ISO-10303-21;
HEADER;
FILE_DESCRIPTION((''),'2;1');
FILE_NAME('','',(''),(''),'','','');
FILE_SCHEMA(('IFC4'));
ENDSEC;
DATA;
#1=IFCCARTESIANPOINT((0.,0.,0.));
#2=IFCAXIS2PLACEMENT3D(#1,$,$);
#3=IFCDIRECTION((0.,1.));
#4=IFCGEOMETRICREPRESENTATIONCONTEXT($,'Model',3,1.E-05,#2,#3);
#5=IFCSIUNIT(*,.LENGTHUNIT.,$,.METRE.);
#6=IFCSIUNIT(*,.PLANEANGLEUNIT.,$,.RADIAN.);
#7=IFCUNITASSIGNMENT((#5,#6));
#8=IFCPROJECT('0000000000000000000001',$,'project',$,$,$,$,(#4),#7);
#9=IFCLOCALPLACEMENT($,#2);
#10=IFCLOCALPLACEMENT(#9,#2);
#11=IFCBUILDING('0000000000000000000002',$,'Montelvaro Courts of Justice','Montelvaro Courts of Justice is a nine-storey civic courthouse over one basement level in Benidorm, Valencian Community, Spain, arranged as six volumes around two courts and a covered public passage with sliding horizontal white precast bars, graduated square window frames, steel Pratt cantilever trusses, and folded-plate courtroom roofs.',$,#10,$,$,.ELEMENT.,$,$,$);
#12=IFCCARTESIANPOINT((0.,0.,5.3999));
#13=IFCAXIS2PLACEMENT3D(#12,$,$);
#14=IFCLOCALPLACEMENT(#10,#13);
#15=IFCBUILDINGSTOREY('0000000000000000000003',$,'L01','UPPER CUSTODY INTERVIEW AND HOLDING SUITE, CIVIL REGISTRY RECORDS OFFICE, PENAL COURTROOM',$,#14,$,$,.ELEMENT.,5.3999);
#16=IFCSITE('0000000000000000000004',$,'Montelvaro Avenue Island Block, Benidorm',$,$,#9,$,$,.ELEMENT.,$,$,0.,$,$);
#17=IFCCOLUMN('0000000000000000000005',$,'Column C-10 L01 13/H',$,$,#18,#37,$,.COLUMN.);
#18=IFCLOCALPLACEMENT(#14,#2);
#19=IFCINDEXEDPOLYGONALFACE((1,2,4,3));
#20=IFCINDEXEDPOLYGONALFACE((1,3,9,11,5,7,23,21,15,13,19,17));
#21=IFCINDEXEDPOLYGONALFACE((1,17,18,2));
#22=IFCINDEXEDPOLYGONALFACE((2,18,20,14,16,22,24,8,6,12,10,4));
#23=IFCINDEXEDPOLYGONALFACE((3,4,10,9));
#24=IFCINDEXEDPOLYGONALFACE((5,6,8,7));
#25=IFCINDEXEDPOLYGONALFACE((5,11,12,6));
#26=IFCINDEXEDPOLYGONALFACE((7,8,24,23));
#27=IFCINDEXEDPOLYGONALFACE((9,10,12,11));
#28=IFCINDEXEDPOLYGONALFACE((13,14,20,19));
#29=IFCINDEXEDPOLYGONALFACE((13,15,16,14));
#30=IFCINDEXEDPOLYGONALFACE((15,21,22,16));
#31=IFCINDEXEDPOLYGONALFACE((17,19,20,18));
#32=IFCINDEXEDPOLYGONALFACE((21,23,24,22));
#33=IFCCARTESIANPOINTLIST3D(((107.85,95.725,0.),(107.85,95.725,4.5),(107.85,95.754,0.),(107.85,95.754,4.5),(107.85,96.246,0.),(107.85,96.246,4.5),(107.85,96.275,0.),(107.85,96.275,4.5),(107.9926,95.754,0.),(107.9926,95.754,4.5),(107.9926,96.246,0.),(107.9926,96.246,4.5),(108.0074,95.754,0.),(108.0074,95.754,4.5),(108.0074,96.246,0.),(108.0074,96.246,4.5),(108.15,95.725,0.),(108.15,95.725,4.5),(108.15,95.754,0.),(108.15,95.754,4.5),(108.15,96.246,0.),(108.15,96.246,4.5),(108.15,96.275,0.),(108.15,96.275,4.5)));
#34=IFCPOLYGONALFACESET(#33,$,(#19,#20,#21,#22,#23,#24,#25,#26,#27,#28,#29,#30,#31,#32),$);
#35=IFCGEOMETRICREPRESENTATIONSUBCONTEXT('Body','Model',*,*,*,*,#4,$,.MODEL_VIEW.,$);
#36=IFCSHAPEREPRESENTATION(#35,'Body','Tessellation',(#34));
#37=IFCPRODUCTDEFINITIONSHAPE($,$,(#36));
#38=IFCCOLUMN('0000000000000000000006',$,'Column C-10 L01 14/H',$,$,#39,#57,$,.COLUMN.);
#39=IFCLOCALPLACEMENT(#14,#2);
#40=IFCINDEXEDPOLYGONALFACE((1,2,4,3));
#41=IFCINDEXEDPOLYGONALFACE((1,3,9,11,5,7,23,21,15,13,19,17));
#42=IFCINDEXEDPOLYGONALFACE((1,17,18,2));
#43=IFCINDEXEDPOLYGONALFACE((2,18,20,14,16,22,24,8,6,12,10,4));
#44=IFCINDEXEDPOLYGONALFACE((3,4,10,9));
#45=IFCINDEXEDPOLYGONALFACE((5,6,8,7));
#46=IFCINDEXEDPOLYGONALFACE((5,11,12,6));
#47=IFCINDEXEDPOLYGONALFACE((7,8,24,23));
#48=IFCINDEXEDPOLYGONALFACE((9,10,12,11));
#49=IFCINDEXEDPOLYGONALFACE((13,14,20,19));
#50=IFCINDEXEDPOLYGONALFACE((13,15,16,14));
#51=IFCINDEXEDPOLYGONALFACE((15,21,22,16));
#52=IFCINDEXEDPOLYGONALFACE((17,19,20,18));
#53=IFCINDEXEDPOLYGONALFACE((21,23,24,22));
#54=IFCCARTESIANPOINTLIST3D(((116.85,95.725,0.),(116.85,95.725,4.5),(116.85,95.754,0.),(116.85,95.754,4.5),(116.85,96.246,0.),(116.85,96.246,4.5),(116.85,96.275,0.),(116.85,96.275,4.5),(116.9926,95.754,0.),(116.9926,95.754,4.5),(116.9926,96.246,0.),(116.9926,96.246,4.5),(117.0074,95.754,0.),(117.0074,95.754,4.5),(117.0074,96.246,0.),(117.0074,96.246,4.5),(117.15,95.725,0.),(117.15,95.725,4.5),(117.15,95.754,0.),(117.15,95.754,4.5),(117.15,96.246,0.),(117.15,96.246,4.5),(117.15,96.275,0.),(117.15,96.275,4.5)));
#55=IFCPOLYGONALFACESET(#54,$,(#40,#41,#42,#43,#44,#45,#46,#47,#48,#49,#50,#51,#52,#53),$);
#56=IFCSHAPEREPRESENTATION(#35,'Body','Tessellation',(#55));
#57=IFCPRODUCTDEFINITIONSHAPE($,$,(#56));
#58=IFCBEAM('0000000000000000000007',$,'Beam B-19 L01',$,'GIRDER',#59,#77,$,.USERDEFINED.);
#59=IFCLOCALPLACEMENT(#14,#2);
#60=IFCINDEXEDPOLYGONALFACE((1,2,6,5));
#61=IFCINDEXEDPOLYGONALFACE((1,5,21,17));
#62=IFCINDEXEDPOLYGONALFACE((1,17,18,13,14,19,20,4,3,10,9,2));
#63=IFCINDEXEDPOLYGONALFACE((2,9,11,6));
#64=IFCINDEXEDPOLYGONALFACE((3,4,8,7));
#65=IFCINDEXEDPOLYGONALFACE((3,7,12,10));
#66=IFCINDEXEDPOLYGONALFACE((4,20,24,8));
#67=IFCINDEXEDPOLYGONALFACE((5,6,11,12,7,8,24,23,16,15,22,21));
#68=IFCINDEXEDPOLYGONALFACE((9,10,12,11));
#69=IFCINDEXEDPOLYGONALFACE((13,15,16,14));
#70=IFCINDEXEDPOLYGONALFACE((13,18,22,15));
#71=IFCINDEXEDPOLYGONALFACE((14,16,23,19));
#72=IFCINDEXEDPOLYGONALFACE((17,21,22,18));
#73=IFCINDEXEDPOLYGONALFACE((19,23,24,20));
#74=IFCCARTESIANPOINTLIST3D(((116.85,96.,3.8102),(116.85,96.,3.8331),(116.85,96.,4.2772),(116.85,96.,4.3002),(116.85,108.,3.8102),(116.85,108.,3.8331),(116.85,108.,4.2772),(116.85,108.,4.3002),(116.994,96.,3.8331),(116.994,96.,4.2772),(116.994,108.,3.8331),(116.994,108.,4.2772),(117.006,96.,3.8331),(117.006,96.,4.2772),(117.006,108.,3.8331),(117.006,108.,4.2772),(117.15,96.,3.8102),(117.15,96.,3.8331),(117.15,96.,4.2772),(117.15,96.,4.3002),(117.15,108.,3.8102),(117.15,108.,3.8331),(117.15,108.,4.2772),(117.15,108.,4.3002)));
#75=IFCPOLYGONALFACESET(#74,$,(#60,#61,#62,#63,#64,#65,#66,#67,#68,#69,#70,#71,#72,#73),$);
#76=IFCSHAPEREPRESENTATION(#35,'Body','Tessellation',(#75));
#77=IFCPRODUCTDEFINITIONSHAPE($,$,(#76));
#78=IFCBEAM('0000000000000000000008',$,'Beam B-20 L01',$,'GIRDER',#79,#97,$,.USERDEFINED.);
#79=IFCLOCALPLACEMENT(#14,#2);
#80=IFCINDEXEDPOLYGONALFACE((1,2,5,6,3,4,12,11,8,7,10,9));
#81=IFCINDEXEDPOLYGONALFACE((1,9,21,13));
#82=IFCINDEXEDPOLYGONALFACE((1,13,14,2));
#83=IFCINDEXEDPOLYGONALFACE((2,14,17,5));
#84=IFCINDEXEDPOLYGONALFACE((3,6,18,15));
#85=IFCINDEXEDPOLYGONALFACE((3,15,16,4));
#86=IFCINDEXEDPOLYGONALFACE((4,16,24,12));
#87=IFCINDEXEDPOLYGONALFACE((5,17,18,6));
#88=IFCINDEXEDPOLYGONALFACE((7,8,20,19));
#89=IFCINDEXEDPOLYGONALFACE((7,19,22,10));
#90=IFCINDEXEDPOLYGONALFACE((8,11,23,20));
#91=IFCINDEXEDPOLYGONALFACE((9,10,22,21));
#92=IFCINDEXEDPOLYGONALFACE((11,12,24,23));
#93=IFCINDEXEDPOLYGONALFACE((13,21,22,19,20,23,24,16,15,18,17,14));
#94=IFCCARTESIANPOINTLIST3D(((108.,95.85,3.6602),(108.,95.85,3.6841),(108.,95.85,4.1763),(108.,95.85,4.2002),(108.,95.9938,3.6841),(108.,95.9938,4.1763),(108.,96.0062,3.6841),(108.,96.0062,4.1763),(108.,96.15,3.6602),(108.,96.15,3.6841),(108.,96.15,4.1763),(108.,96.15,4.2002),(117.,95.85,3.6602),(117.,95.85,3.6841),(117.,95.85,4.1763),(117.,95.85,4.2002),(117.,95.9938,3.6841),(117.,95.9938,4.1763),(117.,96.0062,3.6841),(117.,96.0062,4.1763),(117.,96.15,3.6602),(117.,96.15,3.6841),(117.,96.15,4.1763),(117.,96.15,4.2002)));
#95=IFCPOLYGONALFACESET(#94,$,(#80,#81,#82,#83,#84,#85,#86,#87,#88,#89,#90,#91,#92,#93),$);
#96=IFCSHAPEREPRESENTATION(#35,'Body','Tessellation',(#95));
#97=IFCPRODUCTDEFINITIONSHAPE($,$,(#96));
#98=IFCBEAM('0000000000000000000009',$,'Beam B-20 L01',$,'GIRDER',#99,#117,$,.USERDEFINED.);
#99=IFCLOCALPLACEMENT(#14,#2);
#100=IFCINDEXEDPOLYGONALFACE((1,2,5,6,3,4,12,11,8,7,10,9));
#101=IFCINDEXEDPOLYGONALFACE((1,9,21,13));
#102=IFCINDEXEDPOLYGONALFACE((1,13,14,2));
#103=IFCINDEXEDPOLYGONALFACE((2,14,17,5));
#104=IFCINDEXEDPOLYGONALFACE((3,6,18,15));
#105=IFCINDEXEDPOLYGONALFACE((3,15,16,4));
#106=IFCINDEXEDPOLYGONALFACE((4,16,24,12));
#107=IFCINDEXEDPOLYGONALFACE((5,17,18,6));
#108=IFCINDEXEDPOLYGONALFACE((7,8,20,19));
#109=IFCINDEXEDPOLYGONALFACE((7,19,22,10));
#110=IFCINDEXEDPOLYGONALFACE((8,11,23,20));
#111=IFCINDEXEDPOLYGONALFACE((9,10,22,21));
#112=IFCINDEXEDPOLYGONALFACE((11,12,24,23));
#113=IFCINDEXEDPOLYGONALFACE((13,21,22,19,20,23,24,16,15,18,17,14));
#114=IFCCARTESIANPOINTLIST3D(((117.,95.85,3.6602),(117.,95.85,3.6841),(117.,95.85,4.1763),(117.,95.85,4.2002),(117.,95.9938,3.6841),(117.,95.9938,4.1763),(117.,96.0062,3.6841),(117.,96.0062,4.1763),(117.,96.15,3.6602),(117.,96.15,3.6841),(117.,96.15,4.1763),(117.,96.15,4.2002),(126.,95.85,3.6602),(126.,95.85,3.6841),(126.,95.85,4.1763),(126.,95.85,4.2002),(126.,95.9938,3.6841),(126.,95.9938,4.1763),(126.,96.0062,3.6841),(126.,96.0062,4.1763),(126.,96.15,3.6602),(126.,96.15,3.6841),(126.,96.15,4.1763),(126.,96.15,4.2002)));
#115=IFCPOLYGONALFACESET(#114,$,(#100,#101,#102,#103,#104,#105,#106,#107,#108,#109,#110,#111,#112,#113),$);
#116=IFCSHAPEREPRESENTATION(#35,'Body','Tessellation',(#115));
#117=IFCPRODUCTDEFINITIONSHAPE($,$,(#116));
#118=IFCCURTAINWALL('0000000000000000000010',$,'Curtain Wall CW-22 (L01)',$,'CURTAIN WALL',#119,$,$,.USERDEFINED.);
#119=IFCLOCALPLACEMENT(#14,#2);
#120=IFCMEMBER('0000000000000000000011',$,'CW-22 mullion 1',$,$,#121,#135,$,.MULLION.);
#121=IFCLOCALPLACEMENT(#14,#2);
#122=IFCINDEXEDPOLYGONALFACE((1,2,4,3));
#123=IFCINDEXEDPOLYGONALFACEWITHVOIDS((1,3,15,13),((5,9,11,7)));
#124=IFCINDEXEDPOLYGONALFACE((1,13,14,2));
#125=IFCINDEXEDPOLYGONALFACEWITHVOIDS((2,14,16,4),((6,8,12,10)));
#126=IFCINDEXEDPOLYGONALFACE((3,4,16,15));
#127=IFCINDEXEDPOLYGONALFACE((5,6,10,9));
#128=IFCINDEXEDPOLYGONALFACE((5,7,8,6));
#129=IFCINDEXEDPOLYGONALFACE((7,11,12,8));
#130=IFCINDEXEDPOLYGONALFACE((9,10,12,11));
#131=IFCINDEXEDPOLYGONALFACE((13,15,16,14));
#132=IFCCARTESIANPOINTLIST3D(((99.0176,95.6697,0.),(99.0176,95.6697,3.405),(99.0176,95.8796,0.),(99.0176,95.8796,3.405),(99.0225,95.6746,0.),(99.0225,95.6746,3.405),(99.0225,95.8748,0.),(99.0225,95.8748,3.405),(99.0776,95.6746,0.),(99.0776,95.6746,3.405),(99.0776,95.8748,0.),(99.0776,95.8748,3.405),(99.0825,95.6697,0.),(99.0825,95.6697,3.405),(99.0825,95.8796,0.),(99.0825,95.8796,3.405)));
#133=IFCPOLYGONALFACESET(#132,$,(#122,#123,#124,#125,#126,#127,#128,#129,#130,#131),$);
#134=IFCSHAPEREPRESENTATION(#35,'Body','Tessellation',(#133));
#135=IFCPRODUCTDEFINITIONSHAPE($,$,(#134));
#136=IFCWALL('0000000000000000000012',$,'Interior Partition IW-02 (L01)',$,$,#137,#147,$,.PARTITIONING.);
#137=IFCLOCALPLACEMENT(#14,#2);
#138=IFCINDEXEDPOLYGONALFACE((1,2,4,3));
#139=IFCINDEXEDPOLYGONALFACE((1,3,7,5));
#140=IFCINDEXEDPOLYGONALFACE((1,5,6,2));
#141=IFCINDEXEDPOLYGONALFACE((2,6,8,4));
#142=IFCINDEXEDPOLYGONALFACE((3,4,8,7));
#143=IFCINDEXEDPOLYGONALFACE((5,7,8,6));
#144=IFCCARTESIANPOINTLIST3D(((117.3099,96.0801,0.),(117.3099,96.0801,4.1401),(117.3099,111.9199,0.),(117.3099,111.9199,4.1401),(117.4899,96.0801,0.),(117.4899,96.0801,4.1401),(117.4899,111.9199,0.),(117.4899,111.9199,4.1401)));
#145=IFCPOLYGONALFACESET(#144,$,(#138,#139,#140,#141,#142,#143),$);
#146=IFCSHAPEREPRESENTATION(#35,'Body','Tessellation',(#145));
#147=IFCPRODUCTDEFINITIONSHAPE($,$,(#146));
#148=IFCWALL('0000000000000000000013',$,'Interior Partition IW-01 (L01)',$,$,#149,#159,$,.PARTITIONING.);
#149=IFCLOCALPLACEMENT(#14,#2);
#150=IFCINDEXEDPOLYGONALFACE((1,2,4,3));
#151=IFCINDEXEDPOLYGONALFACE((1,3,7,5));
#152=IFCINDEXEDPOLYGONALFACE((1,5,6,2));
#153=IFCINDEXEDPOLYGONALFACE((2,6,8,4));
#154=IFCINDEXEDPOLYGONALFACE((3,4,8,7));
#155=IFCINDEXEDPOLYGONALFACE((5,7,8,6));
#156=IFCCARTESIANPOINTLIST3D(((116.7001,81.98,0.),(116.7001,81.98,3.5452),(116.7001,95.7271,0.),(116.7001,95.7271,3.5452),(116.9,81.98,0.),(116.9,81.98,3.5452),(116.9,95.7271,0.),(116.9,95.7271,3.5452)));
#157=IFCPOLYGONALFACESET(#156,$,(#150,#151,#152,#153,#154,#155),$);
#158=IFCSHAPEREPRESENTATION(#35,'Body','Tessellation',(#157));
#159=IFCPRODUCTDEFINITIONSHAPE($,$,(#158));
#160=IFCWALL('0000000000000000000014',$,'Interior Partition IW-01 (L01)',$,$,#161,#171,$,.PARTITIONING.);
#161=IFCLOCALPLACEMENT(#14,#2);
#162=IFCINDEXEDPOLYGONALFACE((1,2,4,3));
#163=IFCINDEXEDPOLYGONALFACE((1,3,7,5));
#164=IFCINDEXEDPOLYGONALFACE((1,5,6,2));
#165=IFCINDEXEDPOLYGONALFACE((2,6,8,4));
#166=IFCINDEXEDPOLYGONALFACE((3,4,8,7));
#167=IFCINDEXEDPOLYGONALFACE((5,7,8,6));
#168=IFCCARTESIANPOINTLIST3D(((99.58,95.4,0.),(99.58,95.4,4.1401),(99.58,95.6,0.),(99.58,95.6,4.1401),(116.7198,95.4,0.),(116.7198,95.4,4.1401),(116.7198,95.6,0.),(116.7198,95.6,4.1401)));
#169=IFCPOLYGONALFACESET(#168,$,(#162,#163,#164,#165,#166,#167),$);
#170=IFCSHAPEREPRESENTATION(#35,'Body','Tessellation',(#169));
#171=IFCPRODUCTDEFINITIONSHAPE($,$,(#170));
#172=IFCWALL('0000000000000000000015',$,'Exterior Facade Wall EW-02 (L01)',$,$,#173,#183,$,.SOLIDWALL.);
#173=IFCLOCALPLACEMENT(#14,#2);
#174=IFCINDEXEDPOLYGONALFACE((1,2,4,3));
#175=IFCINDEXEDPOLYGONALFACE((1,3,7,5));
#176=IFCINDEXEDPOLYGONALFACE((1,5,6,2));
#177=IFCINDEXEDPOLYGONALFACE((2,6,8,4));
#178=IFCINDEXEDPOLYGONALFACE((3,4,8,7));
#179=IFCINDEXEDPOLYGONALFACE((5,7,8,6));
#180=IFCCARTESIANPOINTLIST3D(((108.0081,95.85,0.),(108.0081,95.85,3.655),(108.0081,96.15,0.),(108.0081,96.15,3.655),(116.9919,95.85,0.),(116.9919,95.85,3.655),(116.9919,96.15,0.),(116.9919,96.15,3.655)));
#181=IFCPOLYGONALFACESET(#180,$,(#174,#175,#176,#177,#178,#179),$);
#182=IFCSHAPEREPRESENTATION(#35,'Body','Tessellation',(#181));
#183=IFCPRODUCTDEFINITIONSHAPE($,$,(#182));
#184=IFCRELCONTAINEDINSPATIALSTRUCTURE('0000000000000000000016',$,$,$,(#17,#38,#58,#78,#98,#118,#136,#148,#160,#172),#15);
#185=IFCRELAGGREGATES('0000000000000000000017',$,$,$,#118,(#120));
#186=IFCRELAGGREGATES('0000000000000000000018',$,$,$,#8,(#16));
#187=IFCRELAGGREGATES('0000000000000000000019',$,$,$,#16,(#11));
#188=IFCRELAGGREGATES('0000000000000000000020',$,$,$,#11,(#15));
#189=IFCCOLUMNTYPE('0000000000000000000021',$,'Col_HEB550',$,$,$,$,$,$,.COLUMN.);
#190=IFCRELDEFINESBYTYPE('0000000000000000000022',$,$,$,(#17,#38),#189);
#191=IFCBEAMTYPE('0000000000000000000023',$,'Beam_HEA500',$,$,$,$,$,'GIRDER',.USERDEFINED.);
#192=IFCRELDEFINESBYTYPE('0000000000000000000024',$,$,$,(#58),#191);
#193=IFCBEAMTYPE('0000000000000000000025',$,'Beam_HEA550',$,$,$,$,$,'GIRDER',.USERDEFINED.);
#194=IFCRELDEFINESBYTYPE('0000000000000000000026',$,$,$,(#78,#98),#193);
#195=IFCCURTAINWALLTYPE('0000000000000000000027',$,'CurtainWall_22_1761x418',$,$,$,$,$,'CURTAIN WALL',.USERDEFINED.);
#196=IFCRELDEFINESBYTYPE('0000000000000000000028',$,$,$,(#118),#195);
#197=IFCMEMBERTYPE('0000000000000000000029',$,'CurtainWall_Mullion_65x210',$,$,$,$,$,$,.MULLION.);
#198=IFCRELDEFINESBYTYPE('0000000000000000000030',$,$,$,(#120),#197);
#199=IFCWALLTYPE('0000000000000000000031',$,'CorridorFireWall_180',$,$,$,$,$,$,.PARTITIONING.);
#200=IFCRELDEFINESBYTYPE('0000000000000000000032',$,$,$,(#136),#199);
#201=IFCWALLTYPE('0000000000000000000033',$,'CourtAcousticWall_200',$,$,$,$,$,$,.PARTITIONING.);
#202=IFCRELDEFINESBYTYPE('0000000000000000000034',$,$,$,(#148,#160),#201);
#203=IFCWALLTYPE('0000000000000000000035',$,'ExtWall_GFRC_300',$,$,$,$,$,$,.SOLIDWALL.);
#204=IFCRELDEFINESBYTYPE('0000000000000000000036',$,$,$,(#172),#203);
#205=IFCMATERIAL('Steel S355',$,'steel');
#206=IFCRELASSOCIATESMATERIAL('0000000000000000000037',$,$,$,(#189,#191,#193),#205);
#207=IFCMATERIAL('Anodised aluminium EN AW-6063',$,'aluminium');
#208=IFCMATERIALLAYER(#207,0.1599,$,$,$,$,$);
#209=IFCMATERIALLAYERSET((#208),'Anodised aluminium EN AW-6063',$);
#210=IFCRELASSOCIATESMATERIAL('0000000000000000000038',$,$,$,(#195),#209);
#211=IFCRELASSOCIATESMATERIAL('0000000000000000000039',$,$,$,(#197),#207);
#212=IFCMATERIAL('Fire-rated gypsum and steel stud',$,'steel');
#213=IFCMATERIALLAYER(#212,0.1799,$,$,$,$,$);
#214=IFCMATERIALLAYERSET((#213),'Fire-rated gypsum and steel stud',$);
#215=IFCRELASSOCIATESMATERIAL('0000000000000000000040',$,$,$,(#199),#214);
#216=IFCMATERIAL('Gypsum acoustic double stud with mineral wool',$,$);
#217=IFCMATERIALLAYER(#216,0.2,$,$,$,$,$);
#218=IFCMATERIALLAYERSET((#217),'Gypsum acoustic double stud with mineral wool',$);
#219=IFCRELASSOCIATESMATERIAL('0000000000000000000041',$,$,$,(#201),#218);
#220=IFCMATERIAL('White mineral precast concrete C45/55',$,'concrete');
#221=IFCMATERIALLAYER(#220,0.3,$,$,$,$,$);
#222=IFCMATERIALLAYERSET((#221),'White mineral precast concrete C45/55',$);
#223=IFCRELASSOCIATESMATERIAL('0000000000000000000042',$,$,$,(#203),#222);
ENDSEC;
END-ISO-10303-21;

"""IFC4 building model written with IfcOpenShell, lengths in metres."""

from ifc_helpers import new_model, si_unit, direction, frame, frame_2d, origin, origin_2d, place, context, subcontext, project, spatial, rectangle, hollow_rectangle, i_section, extrude, material, layer, layer_set, material_profile, profile_set, type_object, element, aggregate, save


model = new_model("IFC4")

# Units and contexts
model_context = context("Model", 3, precision=1e-05, world=origin(), true_north=direction((0.0, 1.0)))
body_context = subcontext(model_context, "Body", "Model", "MODEL_VIEW")
ifc_project = project(units=[si_unit("LENGTHUNIT", "METRE"), si_unit("PLANEANGLEUNIT", "RADIAN")], contexts=[model_context])

# Site, building, storey
site_placement = place(None, origin())
site = spatial("IfcSite", under=ifc_project, at=site_placement, Name="Montelvaro Avenue Island Block, Benidorm", CompositionType="ELEMENT", RefElevation=0.0)
building_placement = place(site_placement, origin())
building = spatial("IfcBuilding", under=site, at=building_placement, Name="Montelvaro Courts of Justice", Description="Montelvaro Courts of Justice is a nine-storey civic courthouse over one basement level in Benidorm, Valencian Community, Spain, arranged as six volumes around two courts and a covered public passage with sliding horizontal white precast bars, graduated square window frames, steel Pratt cantilever trusses, and folded-plate courtroom roofs.", CompositionType="ELEMENT")
storey_placement = place(building_placement, frame((0.0, 0.0, 5.3999)))
storey = spatial("IfcBuildingStorey", under=building, at=storey_placement, Name="L01", Description="UPPER CUSTODY INTERVIEW AND HOLDING SUITE, CIVIL REGISTRY RECORDS OFFICE, PENAL COURTROOM", CompositionType="ELEMENT", Elevation=5.3999)

# Columns
ifc_material_1 = material(Name="Steel S355", Category="steel")
ifc_material_profile_1 = material_profile(ifc_material_1, i_section(OverallWidth=0.3, OverallDepth=0.55, WebThickness=0.0149, FlangeThickness=0.0291, at=origin_2d()), Name="HEB 550")
ifc_profile_set_1 = profile_set([ifc_material_profile_1], Name="Steel S355")
column_type = type_object("IfcColumnType", Name="Col_HEB550", PredefinedType="COLUMN", material=ifc_profile_set_1)
for number, where, z_axis, x_axis, name in (
    (1, (108.0, 96.0, 0.0), (0.0, 0.0, 1.0), (1.0, 0.0, 0.0), "Column C-10 L01 13/H"),
    (2, (117.0, 96.0, 0.0), (0.0, 0.0, 1.0), (1.0, 0.0, 0.0), "Column C-10 L01 14/H"),
):
    element("IfcColumn", number, at=place(storey_placement, frame(where, z_axis=z_axis, x_axis=x_axis)), inside=storey, type_object=column_type, Name=name, PredefinedType="COLUMN", context=body_context, shape_type="SweptSolid", body=[
        extrude(i_section(OverallWidth=0.3, OverallDepth=0.55, WebThickness=0.0149, FlangeThickness=0.0291, at=origin_2d()), origin(), (0.0, 0.0, 1.0), 4.5),
    ])

# Beams
ifc_material_profile_2 = material_profile(ifc_material_1, i_section(OverallWidth=0.3, OverallDepth=0.49, WebThickness=0.012, FlangeThickness=0.0229, at=origin_2d()), Name="HEA 500")
ifc_profile_set_2 = profile_set([ifc_material_profile_2], Name="Steel S355")
beam_type_1 = type_object("IfcBeamType", Name="Beam_HEA500", ElementType="GIRDER", PredefinedType="USERDEFINED", material=ifc_profile_set_2)
beam_placement = place(storey_placement, frame((117.0, 96.0, 4.0552), z_axis=(0.0, 1.0, 0.0), x_axis=(-1.0, 0.0, 0.0)))
element("IfcBeam", 3, at=beam_placement, inside=storey, type_object=beam_type_1, Name="Beam B-19 L01", ObjectType="GIRDER", PredefinedType="USERDEFINED", context=body_context, shape_type="SweptSolid", body=[
    extrude(i_section(OverallWidth=0.3, OverallDepth=0.49, WebThickness=0.012, FlangeThickness=0.0229, at=origin_2d()), origin(), (0.0, 0.0, 1.0), 12.0),
])
ifc_material_profile_3 = material_profile(ifc_material_1, i_section(OverallWidth=0.3, OverallDepth=0.54, WebThickness=0.0125, FlangeThickness=0.0239, at=origin_2d()), Name="HEA 550")
ifc_profile_set_3 = profile_set([ifc_material_profile_3], Name="Steel S355")
beam_type_2 = type_object("IfcBeamType", Name="Beam_HEA550", ElementType="GIRDER", PredefinedType="USERDEFINED", material=ifc_profile_set_3)
for number, where, z_axis, x_axis, name in (
    (4, (108.0, 96.0, 3.9302), (1.0, 0.0, 0.0), (0.0, 1.0, 0.0), "Beam B-20 L01"),
    (5, (117.0, 96.0, 3.9302), (1.0, 0.0, 0.0), (0.0, 1.0, 0.0), "Beam B-20 L01"),
):
    element("IfcBeam", number, at=place(storey_placement, frame(where, z_axis=z_axis, x_axis=x_axis)), inside=storey, type_object=beam_type_2, Name=name, ObjectType="GIRDER", PredefinedType="USERDEFINED", context=body_context, shape_type="SweptSolid", body=[
        extrude(i_section(OverallWidth=0.3, OverallDepth=0.54, WebThickness=0.0125, FlangeThickness=0.0239, at=origin_2d()), origin(), (0.0, 0.0, 1.0), 9.0),
    ])

# Curtain wall, member
ifc_material_2 = material(Name="Anodised aluminium EN AW-6063", Category="aluminium")
ifc_layer_1 = layer(ifc_material_2, 0.1599)
ifc_layer_set_1 = layer_set([ifc_layer_1], Name="Anodised aluminium EN AW-6063")
curtain_wall_type = type_object("IfcCurtainWallType", Name="CurtainWall_22_1761x418", ElementType="CURTAIN WALL", PredefinedType="USERDEFINED", material=ifc_layer_set_1)
curtain_wall_placement = place(storey_placement, origin())
curtain_wall = element("IfcCurtainWall", 6, at=curtain_wall_placement, inside=storey, type_object=curtain_wall_type, Name="Curtain Wall CW-22 (L01)", ObjectType="CURTAIN WALL", PredefinedType="USERDEFINED")
ifc_material_profile_4 = material_profile(ifc_material_2, hollow_rectangle(XDim=0.0649, YDim=0.21, WallThickness=0.0049, at=origin_2d()), Name="ALU-M 65x210")
ifc_profile_set_4 = profile_set([ifc_material_profile_4], Name="Anodised aluminium EN AW-6063")
member_type = type_object("IfcMemberType", Name="CurtainWall_Mullion_65x210", PredefinedType="MULLION", material=ifc_profile_set_4)
member_placement = place(storey_placement, frame((99.05, 95.7747, 0.0), z_axis=(0.0, 0.0, 1.0), x_axis=(1.0, 0.0, 0.0)))
member = element("IfcMember", 7, at=member_placement, type_object=member_type, Name="CW-22 mullion 1", PredefinedType="MULLION", context=body_context, shape_type="SweptSolid", body=[
    extrude(hollow_rectangle(XDim=0.0649, YDim=0.21, WallThickness=0.0049, at=origin_2d()), origin(), (0.0, 0.0, 1.0), 3.405),
])
aggregate(curtain_wall, [member])

# Walls
ifc_material_3 = material(Name="Fire-rated gypsum and steel stud", Category="steel")
ifc_layer_2 = layer(ifc_material_3, 0.1799)
ifc_layer_set_2 = layer_set([ifc_layer_2], Name="Fire-rated gypsum and steel stud")
wall_type_1 = type_object("IfcWallType", Name="CorridorFireWall_180", PredefinedType="PARTITIONING", material=ifc_layer_set_2)
wall_1_placement = place(storey_placement, frame((117.3999, 96.0801, 0.0), z_axis=(0.0, 0.0, 1.0), x_axis=(0.0, 1.0, 0.0)))
element("IfcWall", 8, at=wall_1_placement, inside=storey, type_object=wall_type_1, Name="Interior Partition IW-02 (L01)", PredefinedType="PARTITIONING", context=body_context, shape_type="SweptSolid", body=[
    extrude(rectangle(XDim=15.8398, YDim=0.1799, at=frame_2d((7.9199, 0.0))), origin(), (0.0, 0.0, 1.0), 4.1401),
])
ifc_material_4 = material(Name="Gypsum acoustic double stud with mineral wool")
ifc_layer_3 = layer(ifc_material_4, 0.2)
ifc_layer_set_3 = layer_set([ifc_layer_3], Name="Gypsum acoustic double stud with mineral wool")
wall_type_2 = type_object("IfcWallType", Name="CourtAcousticWall_200", PredefinedType="PARTITIONING", material=ifc_layer_set_3)
wall_2_placement = place(storey_placement, frame((116.8, 95.7271, 0.0), z_axis=(0.0, 0.0, 1.0), x_axis=(0.0, -1.0, 0.0)))
element("IfcWall", 9, at=wall_2_placement, inside=storey, type_object=wall_type_2, Name="Interior Partition IW-01 (L01)", PredefinedType="PARTITIONING", context=body_context, shape_type="SweptSolid", body=[
    extrude(rectangle(XDim=13.7471, YDim=0.2, at=frame_2d((6.8735, 0.0))), origin(), (0.0, 0.0, 1.0), 3.5452),
])
wall_3_placement = place(storey_placement, frame((99.5801, 95.5, 0.0), z_axis=(0.0, 0.0, 1.0), x_axis=(1.0, 0.0, 0.0)))
element("IfcWall", 10, at=wall_3_placement, inside=storey, type_object=wall_type_2, Name="Interior Partition IW-01 (L01)", PredefinedType="PARTITIONING", context=body_context, shape_type="SweptSolid", body=[
    extrude(rectangle(XDim=17.1399, YDim=0.2, at=frame_2d((8.5698, 0.0))), origin(), (0.0, 0.0, 1.0), 4.1401),
])
ifc_material_5 = material(Name="White mineral precast concrete C45/55", Category="concrete")
ifc_layer_4 = layer(ifc_material_5, 0.3)
ifc_layer_set_4 = layer_set([ifc_layer_4], Name="White mineral precast concrete C45/55")
wall_type_3 = type_object("IfcWallType", Name="ExtWall_GFRC_300", PredefinedType="SOLIDWALL", material=ifc_layer_set_4)
wall_4_placement = place(storey_placement, frame((116.9919, 96.0, 0.0), z_axis=(0.0, 0.0, 1.0), x_axis=(-1.0, 0.0, 0.0)))
element("IfcWall", 11, at=wall_4_placement, inside=storey, type_object=wall_type_3, Name="Exterior Facade Wall EW-02 (L01)", PredefinedType="SOLIDWALL", context=body_context, shape_type="SweptSolid", body=[
    extrude(rectangle(XDim=8.9839, YDim=0.3, at=frame_2d((4.4919, 0.0))), origin(), (0.0, 0.0, 1.0), 3.655),
])

save(model, "model.ifc")
